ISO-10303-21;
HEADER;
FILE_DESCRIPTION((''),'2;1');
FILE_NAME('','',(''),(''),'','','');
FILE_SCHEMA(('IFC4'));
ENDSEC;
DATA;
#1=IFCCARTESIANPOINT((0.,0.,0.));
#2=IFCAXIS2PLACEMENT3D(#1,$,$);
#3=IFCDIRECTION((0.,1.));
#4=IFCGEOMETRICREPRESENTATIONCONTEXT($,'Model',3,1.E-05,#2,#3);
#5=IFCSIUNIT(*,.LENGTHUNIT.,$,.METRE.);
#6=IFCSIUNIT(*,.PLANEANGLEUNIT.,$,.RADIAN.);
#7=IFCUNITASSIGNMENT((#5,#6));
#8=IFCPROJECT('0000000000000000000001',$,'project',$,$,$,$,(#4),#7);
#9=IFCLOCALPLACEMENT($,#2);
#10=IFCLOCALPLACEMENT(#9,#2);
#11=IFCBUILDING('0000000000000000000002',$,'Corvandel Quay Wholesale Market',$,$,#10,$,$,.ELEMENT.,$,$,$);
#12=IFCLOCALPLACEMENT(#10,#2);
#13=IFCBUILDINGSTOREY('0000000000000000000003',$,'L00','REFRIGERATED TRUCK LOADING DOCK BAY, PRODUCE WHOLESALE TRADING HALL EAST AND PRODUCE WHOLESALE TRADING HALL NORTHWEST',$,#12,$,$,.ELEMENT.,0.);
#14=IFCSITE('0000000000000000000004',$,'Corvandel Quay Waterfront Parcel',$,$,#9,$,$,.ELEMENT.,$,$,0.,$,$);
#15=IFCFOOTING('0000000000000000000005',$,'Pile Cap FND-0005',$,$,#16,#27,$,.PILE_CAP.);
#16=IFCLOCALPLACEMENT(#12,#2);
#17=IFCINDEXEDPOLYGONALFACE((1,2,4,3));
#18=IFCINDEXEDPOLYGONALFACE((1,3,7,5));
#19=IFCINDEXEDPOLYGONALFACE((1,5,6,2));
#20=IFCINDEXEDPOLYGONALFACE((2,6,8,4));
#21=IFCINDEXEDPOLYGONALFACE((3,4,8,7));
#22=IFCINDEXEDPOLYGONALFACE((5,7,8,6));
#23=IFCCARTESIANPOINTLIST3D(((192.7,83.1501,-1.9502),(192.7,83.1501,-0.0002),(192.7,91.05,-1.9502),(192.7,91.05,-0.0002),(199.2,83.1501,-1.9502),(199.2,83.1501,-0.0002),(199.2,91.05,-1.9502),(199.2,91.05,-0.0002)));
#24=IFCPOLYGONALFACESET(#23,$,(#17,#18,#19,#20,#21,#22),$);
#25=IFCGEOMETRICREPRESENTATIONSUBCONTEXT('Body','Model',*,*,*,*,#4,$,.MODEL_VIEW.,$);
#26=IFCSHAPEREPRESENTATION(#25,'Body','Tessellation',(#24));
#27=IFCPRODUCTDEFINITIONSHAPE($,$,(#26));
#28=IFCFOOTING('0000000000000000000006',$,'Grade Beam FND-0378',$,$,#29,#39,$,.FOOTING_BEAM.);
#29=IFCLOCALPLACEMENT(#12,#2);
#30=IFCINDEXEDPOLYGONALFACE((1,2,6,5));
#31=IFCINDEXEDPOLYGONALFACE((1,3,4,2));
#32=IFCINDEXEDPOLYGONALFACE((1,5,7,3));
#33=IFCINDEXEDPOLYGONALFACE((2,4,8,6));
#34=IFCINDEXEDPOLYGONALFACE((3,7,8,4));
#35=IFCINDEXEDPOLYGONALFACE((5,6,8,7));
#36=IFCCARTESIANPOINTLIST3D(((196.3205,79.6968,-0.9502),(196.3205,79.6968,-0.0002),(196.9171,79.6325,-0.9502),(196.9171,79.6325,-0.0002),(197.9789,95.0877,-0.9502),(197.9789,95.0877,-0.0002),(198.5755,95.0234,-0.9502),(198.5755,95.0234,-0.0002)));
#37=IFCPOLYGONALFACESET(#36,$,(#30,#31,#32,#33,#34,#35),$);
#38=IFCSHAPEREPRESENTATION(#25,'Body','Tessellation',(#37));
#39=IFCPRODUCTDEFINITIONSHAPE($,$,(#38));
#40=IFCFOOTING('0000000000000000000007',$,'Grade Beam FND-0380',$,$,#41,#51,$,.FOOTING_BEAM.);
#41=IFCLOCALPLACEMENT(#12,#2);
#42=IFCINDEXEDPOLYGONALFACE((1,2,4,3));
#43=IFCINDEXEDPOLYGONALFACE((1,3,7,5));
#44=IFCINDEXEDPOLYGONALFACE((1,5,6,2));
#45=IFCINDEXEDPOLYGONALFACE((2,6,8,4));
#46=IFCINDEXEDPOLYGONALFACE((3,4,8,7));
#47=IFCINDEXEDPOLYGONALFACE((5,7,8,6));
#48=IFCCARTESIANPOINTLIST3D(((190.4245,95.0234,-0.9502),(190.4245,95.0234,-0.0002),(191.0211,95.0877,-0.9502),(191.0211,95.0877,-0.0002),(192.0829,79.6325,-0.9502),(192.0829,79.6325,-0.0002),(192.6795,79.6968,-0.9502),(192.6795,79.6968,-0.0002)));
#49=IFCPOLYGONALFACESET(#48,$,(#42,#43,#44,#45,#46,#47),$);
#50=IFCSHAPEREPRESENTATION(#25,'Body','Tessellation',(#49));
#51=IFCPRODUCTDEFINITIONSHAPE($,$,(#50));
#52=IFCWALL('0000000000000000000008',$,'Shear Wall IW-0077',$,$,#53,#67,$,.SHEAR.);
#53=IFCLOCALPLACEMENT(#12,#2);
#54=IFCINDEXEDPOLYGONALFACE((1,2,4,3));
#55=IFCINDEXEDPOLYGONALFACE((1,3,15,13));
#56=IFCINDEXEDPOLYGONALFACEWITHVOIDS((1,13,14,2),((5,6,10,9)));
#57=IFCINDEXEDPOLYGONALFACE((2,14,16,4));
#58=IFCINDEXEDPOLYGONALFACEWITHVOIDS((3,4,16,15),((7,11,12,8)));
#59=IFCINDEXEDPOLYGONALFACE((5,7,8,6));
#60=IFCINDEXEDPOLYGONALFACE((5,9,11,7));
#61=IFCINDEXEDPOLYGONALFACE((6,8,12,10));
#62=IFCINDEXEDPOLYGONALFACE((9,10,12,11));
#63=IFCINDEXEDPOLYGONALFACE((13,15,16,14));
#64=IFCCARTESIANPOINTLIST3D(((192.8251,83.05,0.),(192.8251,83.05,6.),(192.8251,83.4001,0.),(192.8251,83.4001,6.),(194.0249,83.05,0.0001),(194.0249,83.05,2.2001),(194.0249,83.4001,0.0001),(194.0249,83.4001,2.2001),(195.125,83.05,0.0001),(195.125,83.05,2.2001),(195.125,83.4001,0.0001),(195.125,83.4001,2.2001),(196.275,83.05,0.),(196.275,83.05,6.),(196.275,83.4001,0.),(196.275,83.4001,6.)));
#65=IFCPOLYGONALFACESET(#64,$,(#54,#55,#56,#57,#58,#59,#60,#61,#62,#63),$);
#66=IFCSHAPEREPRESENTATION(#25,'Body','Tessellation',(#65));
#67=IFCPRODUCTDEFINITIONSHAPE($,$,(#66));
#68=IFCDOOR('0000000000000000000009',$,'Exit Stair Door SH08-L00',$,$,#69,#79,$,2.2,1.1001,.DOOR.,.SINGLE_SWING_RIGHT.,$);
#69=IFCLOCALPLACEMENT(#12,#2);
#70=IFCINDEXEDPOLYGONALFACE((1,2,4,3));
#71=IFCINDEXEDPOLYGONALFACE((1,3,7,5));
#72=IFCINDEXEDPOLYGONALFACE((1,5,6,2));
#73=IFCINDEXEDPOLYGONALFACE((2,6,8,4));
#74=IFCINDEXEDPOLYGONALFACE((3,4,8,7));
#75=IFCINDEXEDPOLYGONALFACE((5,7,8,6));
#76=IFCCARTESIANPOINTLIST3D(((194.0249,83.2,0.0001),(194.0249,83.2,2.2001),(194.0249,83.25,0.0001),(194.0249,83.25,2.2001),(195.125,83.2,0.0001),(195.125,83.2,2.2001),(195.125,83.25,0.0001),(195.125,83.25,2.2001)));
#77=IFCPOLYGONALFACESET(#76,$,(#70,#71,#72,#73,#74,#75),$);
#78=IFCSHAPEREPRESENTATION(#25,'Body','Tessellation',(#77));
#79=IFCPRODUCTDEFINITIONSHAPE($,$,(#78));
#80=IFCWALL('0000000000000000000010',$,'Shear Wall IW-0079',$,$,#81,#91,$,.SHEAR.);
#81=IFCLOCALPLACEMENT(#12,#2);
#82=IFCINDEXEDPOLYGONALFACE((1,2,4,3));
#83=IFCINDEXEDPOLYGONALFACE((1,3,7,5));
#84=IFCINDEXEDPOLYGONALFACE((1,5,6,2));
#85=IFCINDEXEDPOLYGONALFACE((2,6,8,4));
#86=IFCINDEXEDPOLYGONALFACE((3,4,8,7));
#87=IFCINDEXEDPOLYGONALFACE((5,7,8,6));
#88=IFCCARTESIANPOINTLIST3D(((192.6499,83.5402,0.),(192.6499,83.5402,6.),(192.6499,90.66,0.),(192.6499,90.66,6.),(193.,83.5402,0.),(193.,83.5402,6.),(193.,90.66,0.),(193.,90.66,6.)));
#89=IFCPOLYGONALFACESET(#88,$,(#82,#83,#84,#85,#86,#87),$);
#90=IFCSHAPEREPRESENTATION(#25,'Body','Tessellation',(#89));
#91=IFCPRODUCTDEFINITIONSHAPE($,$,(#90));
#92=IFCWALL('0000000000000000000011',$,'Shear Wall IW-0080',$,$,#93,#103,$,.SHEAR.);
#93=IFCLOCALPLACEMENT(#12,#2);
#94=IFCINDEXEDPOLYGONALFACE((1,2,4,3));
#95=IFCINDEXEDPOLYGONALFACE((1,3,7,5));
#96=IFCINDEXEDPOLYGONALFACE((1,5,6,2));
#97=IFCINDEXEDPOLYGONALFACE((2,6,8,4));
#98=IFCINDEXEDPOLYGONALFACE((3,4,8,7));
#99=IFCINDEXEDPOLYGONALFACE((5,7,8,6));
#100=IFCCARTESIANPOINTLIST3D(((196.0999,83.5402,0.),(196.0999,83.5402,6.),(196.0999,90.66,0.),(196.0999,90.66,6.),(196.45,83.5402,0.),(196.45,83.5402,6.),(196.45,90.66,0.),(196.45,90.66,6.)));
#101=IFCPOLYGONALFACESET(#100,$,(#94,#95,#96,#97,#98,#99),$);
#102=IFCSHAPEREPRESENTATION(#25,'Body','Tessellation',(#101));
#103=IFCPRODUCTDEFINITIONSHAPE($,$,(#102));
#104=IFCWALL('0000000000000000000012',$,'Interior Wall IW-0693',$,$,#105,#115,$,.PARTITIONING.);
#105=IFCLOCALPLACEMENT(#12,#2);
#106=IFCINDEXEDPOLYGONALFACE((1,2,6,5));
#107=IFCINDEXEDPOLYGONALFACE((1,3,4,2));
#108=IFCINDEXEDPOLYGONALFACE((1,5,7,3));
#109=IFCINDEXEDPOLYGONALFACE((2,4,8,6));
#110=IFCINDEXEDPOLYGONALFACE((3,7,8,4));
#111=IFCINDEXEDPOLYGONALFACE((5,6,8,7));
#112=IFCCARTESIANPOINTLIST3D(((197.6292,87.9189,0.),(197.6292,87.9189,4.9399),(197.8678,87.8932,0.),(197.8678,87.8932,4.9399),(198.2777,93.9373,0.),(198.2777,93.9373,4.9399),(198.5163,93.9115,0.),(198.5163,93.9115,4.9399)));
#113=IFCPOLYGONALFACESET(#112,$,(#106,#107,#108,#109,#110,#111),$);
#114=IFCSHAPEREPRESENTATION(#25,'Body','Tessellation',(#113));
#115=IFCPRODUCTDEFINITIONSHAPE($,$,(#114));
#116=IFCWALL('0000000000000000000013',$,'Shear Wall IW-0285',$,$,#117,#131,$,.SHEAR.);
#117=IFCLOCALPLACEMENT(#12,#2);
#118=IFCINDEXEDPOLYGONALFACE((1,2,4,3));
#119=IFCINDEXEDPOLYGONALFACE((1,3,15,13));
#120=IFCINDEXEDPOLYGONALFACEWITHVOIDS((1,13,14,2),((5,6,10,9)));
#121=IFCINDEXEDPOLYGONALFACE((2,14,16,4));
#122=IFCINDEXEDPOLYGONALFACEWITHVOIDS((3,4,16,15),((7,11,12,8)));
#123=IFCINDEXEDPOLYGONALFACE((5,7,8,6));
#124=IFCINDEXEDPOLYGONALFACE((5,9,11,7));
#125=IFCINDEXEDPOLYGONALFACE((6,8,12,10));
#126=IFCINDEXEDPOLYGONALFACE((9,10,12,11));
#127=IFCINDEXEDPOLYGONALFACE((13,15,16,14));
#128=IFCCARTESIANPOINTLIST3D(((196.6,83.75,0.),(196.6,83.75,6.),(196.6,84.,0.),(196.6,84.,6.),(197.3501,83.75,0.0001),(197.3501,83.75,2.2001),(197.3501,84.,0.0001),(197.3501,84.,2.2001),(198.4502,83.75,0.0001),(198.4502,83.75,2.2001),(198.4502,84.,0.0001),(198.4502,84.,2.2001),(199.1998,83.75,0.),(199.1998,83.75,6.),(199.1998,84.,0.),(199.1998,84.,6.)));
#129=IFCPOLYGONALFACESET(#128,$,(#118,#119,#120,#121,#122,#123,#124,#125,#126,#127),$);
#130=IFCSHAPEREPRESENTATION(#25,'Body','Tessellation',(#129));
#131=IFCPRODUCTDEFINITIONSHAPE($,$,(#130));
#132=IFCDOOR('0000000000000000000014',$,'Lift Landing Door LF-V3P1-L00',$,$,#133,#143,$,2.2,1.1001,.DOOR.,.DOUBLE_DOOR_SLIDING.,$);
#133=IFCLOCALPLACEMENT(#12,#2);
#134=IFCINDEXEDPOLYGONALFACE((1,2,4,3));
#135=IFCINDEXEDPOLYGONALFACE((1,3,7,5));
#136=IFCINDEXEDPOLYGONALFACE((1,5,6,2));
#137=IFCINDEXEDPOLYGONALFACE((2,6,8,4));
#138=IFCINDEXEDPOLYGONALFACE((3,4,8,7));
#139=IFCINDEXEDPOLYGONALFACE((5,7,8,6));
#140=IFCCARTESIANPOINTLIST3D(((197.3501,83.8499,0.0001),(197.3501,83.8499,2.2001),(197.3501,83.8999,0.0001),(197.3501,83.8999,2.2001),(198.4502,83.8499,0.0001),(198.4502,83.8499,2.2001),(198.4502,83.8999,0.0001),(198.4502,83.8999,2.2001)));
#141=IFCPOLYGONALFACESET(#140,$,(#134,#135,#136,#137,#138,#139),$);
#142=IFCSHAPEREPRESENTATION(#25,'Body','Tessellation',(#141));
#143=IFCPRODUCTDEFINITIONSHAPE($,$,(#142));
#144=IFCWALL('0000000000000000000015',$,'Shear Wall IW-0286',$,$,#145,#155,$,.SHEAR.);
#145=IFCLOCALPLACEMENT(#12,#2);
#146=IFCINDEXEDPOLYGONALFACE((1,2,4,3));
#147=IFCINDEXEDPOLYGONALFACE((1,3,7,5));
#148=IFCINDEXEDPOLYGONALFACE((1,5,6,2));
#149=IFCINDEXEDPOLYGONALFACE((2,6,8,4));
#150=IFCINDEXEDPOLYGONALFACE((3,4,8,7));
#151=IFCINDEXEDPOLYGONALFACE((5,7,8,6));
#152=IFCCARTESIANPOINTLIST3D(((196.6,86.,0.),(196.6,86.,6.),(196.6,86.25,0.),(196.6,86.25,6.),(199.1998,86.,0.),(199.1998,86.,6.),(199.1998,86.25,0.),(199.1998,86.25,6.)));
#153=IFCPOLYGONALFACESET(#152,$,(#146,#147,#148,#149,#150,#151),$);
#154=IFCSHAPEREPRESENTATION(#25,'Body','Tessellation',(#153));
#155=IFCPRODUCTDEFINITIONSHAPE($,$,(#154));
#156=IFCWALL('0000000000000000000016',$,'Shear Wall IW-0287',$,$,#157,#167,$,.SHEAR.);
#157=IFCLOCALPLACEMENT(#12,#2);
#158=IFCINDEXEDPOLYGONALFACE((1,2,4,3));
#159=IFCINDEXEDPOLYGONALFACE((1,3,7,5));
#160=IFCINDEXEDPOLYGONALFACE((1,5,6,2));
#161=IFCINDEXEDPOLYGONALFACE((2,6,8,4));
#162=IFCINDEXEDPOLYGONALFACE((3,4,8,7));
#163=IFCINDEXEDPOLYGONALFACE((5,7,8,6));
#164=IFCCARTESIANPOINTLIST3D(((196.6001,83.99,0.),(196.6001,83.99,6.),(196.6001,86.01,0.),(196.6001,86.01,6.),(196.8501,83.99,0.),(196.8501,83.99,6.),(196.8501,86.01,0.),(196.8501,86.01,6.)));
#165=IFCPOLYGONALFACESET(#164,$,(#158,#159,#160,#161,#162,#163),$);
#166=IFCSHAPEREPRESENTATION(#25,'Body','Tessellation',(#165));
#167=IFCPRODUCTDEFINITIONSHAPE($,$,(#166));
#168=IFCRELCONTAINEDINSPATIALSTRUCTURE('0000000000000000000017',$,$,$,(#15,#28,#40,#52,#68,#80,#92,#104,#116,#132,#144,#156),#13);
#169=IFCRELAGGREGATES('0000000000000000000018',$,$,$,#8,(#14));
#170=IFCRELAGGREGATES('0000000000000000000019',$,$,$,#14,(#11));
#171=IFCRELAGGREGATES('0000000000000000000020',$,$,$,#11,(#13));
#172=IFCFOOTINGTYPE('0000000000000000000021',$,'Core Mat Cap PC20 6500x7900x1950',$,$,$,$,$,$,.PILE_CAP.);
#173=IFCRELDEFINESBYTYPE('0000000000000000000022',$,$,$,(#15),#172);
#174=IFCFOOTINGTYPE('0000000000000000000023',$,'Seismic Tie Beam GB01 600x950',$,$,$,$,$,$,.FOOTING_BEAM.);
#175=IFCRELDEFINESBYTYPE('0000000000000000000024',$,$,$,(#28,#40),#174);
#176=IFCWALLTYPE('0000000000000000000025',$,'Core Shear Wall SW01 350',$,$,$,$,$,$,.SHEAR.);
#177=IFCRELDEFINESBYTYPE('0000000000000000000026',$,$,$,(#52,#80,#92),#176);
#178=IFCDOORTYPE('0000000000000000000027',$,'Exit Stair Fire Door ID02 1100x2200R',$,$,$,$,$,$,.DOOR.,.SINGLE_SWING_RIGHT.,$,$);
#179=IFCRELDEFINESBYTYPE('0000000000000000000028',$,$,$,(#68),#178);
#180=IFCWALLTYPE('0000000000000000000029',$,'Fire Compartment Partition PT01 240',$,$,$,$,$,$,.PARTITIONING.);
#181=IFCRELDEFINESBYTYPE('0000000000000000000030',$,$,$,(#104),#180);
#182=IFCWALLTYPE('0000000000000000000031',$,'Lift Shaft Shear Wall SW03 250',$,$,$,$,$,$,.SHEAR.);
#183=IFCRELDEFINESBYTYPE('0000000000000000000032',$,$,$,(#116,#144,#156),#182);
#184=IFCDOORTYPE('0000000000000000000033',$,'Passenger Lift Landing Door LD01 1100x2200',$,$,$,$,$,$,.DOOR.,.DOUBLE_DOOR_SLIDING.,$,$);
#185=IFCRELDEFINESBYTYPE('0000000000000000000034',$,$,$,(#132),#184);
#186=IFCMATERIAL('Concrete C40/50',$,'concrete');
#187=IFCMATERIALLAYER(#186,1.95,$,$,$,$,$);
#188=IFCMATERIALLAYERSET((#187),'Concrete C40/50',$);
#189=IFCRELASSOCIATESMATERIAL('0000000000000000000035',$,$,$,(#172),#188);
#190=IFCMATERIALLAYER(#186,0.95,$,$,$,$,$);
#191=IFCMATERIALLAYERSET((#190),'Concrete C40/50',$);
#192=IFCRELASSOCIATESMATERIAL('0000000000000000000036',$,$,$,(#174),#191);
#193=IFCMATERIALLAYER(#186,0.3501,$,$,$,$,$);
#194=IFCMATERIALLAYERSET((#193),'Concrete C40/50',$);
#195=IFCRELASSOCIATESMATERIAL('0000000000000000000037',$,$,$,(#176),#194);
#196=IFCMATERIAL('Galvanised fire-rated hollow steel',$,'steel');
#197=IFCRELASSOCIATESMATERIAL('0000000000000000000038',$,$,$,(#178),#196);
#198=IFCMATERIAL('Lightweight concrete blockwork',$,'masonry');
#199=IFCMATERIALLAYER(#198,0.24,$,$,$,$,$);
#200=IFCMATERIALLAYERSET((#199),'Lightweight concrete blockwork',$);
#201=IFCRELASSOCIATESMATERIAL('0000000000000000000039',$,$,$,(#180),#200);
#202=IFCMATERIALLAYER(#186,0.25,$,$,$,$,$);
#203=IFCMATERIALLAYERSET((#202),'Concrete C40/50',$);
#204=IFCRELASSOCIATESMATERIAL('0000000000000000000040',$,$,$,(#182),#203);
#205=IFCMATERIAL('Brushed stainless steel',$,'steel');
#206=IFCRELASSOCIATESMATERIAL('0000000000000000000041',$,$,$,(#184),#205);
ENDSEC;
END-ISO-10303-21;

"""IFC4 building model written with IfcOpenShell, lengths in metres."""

from ifc_helpers import new_model, si_unit, direction, frame, frame_2d, origin, origin_2d, place, context, subcontext, project, spatial, rectangle, extrude, material, layer, layer_set, type_object, element, fill, save


model = new_model("IFC4")

# Units and contexts
model_context = context("Model", 3, precision=1e-05, world=origin(), true_north=direction((0.0, 1.0)))
body_context = subcontext(model_context, "Body", "Model", "MODEL_VIEW")
ifc_project = project(units=[si_unit("LENGTHUNIT", "METRE"), si_unit("PLANEANGLEUNIT", "RADIAN")], contexts=[model_context])

# Site, building, storey
site_placement = place(None, origin())
site = spatial("IfcSite", under=ifc_project, at=site_placement, Name="Corvandel Quay Waterfront Parcel", CompositionType="ELEMENT", RefElevation=0.0)
building_placement = place(site_placement, origin())
building = spatial("IfcBuilding", under=site, at=building_placement, Name="Corvandel Quay Wholesale Market", CompositionType="ELEMENT")
storey_placement = place(building_placement, origin())
storey = spatial("IfcBuildingStorey", under=building, at=storey_placement, Name="L00", Description="REFRIGERATED TRUCK LOADING DOCK BAY, PRODUCE WHOLESALE TRADING HALL EAST AND PRODUCE WHOLESALE TRADING HALL NORTHWEST", CompositionType="ELEMENT", Elevation=0.0)

# Shared definitions
ifc_material_1 = material(Name="Concrete C40/50", Category="concrete")

# Footings
ifc_layer_1 = layer(ifc_material_1, 1.95)
ifc_layer_set_1 = layer_set([ifc_layer_1], Name="Concrete C40/50")
footing_type_1 = type_object("IfcFootingType", Name="Core Mat Cap PC20 6500x7900x1950", PredefinedType="PILE_CAP", material=ifc_layer_set_1)
footing_placement = place(storey_placement, frame((195.95, 87.1001, -1.9502), z_axis=(0.0, 0.0, 1.0), x_axis=(1.0, 0.0, 0.0)))
element("IfcFooting", 1, at=footing_placement, inside=storey, type_object=footing_type_1, Name="Pile Cap FND-0005", PredefinedType="PILE_CAP", context=body_context, shape_type="SweptSolid", body=[
    extrude(rectangle(XDim=6.5, YDim=7.8999, at=origin_2d()), origin(), (0.0, 0.0, 1.0), 1.95),
])
ifc_layer_2 = layer(ifc_material_1, 0.95)
ifc_layer_set_2 = layer_set([ifc_layer_2], Name="Concrete C40/50")
footing_type_2 = type_object("IfcFootingType", Name="Seismic Tie Beam GB01 600x950", PredefinedType="FOOTING_BEAM", material=ifc_layer_set_2)
for number, where, z_axis, x_axis, name in (
    (2, (197.448, 87.3601, -0.9502), (0.0, 0.0, 1.0), (0.107132, 0.994245, 0.0), "Grade Beam FND-0378"),
    (3, (191.552, 87.3601, -0.9502), (0.0, 0.0, 1.0), (-0.107132, 0.994245, 0.0), "Grade Beam FND-0380"),
):
    element("IfcFooting", number, at=place(storey_placement, frame(where, z_axis=z_axis, x_axis=x_axis)), inside=storey, type_object=footing_type_2, Name=name, PredefinedType="FOOTING_BEAM", context=body_context, shape_type="SweptSolid", body=[
        extrude(rectangle(XDim=15.48, YDim=0.6001, at=origin_2d()), origin(), (0.0, 0.0, 1.0), 0.95),
    ])

# Wall, opening, door
ifc_layer_3 = layer(ifc_material_1, 0.3501)
ifc_layer_set_3 = layer_set([ifc_layer_3], Name="Concrete C40/50")
wall_type_1 = type_object("IfcWallType", Name="Core Shear Wall SW01 350", PredefinedType="SHEAR", material=ifc_layer_set_3)
wall_1_placement = place(storey_placement, frame((192.825, 83.2251, 0.0), z_axis=(0.0, 0.0, 1.0), x_axis=(1.0, 0.0, 0.0)))
wall_1 = element("IfcWall", 4, at=wall_1_placement, inside=storey, type_object=wall_type_1, Name="Shear Wall IW-0077", PredefinedType="SHEAR", context=body_context, shape_type="SweptSolid", body=[
    extrude(rectangle(XDim=3.45, YDim=0.3501, at=frame_2d((1.7251, 0.0))), origin(), (0.0, 0.0, 1.0), 6.0),
])
opening_1_placement = place(wall_1_placement, frame((1.2, 0.0, 0.0)))
opening_1 = element("IfcOpeningElement", 5, at=opening_1_placement, cuts=wall_1, PredefinedType="OPENING", context=body_context, shape_type="SweptSolid", body=[
    extrude(rectangle(XDim=1.1001, YDim=2.2, at=frame_2d((0.55, 1.1001))), frame((0.0, 0.1851, 0.0), z_axis=(0.0, -1.0, 0.0), x_axis=(1.0, 0.0, 0.0)), (0.0, 0.0, 1.0), 0.3701),
])
ifc_material_2 = material(Name="Galvanised fire-rated hollow steel", Category="steel")
door_type_1 = type_object("IfcDoorType", Name="Exit Stair Fire Door ID02 1100x2200R", OperationType="SINGLE_SWING_RIGHT", PredefinedType="DOOR", material=ifc_material_2)
door_1_placement = place(opening_1_placement, origin())
door_1 = element("IfcDoor", 6, at=door_1_placement, inside=storey, type_object=door_type_1, Name="Exit Stair Door SH08-L00", OperationType="SINGLE_SWING_RIGHT", OverallHeight=2.2, OverallWidth=1.1001, PredefinedType="DOOR", context=body_context, shape_type="SweptSolid", body=[
    extrude(rectangle(XDim=1.1001, YDim=2.2, at=frame_2d((0.55, 1.1001))), frame((0.0, 0.0249, 0.0), z_axis=(0.0, -1.0, 0.0), x_axis=(1.0, 0.0, 0.0)), (0.0, 0.0, 1.0), 0.05),
])
fill(opening_1, door_1)

# Walls
for number, where, z_axis, x_axis, name in (
    (7, (192.825, 83.54, 0.0), (0.0, 0.0, 1.0), (0.0, 1.0, 0.0), "Shear Wall IW-0079"),
    (8, (196.2749, 83.54, 0.0), (0.0, 0.0, 1.0), (0.0, 1.0, 0.0), "Shear Wall IW-0080"),
):
    element("IfcWall", number, at=place(storey_placement, frame(where, z_axis=z_axis, x_axis=x_axis)), inside=storey, type_object=wall_type_1, Name=name, PredefinedType="SHEAR", context=body_context, shape_type="SweptSolid", body=[
        extrude(rectangle(XDim=7.1199, YDim=0.3501, at=frame_2d((3.5601, 0.0))), origin(), (0.0, 0.0, 1.0), 6.0),
    ])
ifc_material_3 = material(Name="Lightweight concrete blockwork", Category="masonry")
ifc_layer_4 = layer(ifc_material_3, 0.24)
ifc_layer_set_4 = layer_set([ifc_layer_4], Name="Lightweight concrete blockwork")
wall_type_2 = type_object("IfcWallType", Name="Fire Compartment Partition PT01 240", PredefinedType="PARTITIONING", material=ifc_layer_set_4)
wall_2_placement = place(storey_placement, frame((197.7485, 87.906, 0.0), z_axis=(0.0, 0.0, 1.0), x_axis=(0.107124, 0.994246, 0.0)))
element("IfcWall", 9, at=wall_2_placement, inside=storey, type_object=wall_type_2, Name="Interior Wall IW-0693", PredefinedType="PARTITIONING", context=body_context, shape_type="SweptSolid", body=[
    extrude(rectangle(XDim=6.0532, YDim=0.24, at=frame_2d((3.0266, 0.0))), origin(), (0.0, 0.0, 1.0), 4.9399),
])

# Wall, opening, door
ifc_layer_5 = layer(ifc_material_1, 0.25)
ifc_layer_set_5 = layer_set([ifc_layer_5], Name="Concrete C40/50")
wall_type_3 = type_object("IfcWallType", Name="Lift Shaft Shear Wall SW03 250", PredefinedType="SHEAR", material=ifc_layer_set_5)
wall_3_placement = place(storey_placement, frame((196.6001, 83.875, 0.0), z_axis=(0.0, 0.0, 1.0), x_axis=(1.0, 0.0, 0.0)))
wall_3 = element("IfcWall", 10, at=wall_3_placement, inside=storey, type_object=wall_type_3, Name="Shear Wall IW-0285", PredefinedType="SHEAR", context=body_context, shape_type="SweptSolid", body=[
    extrude(rectangle(XDim=2.5999, YDim=0.25, at=frame_2d((1.2998, 0.0))), origin(), (0.0, 0.0, 1.0), 6.0),
])
opening_2_placement = place(wall_3_placement, frame((0.75, 0.0, 0.0)))
opening_2 = element("IfcOpeningElement", 11, at=opening_2_placement, cuts=wall_3, PredefinedType="OPENING", context=body_context, shape_type="SweptSolid", body=[
    extrude(rectangle(XDim=1.1001, YDim=2.2, at=frame_2d((0.55, 1.1001))), frame((0.0, 0.135, 0.0), z_axis=(0.0, -1.0, 0.0), x_axis=(1.0, 0.0, 0.0)), (0.0, 0.0, 1.0), 0.27),
])
ifc_material_4 = material(Name="Brushed stainless steel", Category="steel")
door_type_2 = type_object("IfcDoorType", Name="Passenger Lift Landing Door LD01 1100x2200", OperationType="DOUBLE_DOOR_SLIDING", PredefinedType="DOOR", material=ifc_material_4)
door_2_placement = place(opening_2_placement, origin())
door_2 = element("IfcDoor", 12, at=door_2_placement, inside=storey, type_object=door_type_2, Name="Lift Landing Door LF-V3P1-L00", OperationType="DOUBLE_DOOR_SLIDING", OverallHeight=2.2, OverallWidth=1.1001, PredefinedType="DOOR", context=body_context, shape_type="SweptSolid", body=[
    extrude(rectangle(XDim=1.1001, YDim=2.2, at=frame_2d((0.55, 1.1001))), frame((0.0, 0.0249, 0.0), z_axis=(0.0, -1.0, 0.0), x_axis=(1.0, 0.0, 0.0)), (0.0, 0.0, 1.0), 0.05),
])
fill(opening_2, door_2)

# Walls
wall_4_placement = place(storey_placement, frame((196.6001, 86.125, 0.0), z_axis=(0.0, 0.0, 1.0), x_axis=(1.0, 0.0, 0.0)))
element("IfcWall", 13, at=wall_4_placement, inside=storey, type_object=wall_type_3, Name="Shear Wall IW-0286", PredefinedType="SHEAR", context=body_context, shape_type="SweptSolid", body=[
    extrude(rectangle(XDim=2.5999, YDim=0.25, at=frame_2d((1.2998, 0.0))), origin(), (0.0, 0.0, 1.0), 6.0),
])
wall_5_placement = place(storey_placement, frame((196.7251, 83.99, 0.0), z_axis=(0.0, 0.0, 1.0), x_axis=(0.0, 1.0, 0.0)))
element("IfcWall", 14, at=wall_5_placement, inside=storey, type_object=wall_type_3, Name="Shear Wall IW-0287", PredefinedType="SHEAR", context=body_context, shape_type="SweptSolid", body=[
    extrude(rectangle(XDim=2.02, YDim=0.25, at=frame_2d((1.01, 0.0))), origin(), (0.0, 0.0, 1.0), 6.0),
])

save(model, "model.ifc")
